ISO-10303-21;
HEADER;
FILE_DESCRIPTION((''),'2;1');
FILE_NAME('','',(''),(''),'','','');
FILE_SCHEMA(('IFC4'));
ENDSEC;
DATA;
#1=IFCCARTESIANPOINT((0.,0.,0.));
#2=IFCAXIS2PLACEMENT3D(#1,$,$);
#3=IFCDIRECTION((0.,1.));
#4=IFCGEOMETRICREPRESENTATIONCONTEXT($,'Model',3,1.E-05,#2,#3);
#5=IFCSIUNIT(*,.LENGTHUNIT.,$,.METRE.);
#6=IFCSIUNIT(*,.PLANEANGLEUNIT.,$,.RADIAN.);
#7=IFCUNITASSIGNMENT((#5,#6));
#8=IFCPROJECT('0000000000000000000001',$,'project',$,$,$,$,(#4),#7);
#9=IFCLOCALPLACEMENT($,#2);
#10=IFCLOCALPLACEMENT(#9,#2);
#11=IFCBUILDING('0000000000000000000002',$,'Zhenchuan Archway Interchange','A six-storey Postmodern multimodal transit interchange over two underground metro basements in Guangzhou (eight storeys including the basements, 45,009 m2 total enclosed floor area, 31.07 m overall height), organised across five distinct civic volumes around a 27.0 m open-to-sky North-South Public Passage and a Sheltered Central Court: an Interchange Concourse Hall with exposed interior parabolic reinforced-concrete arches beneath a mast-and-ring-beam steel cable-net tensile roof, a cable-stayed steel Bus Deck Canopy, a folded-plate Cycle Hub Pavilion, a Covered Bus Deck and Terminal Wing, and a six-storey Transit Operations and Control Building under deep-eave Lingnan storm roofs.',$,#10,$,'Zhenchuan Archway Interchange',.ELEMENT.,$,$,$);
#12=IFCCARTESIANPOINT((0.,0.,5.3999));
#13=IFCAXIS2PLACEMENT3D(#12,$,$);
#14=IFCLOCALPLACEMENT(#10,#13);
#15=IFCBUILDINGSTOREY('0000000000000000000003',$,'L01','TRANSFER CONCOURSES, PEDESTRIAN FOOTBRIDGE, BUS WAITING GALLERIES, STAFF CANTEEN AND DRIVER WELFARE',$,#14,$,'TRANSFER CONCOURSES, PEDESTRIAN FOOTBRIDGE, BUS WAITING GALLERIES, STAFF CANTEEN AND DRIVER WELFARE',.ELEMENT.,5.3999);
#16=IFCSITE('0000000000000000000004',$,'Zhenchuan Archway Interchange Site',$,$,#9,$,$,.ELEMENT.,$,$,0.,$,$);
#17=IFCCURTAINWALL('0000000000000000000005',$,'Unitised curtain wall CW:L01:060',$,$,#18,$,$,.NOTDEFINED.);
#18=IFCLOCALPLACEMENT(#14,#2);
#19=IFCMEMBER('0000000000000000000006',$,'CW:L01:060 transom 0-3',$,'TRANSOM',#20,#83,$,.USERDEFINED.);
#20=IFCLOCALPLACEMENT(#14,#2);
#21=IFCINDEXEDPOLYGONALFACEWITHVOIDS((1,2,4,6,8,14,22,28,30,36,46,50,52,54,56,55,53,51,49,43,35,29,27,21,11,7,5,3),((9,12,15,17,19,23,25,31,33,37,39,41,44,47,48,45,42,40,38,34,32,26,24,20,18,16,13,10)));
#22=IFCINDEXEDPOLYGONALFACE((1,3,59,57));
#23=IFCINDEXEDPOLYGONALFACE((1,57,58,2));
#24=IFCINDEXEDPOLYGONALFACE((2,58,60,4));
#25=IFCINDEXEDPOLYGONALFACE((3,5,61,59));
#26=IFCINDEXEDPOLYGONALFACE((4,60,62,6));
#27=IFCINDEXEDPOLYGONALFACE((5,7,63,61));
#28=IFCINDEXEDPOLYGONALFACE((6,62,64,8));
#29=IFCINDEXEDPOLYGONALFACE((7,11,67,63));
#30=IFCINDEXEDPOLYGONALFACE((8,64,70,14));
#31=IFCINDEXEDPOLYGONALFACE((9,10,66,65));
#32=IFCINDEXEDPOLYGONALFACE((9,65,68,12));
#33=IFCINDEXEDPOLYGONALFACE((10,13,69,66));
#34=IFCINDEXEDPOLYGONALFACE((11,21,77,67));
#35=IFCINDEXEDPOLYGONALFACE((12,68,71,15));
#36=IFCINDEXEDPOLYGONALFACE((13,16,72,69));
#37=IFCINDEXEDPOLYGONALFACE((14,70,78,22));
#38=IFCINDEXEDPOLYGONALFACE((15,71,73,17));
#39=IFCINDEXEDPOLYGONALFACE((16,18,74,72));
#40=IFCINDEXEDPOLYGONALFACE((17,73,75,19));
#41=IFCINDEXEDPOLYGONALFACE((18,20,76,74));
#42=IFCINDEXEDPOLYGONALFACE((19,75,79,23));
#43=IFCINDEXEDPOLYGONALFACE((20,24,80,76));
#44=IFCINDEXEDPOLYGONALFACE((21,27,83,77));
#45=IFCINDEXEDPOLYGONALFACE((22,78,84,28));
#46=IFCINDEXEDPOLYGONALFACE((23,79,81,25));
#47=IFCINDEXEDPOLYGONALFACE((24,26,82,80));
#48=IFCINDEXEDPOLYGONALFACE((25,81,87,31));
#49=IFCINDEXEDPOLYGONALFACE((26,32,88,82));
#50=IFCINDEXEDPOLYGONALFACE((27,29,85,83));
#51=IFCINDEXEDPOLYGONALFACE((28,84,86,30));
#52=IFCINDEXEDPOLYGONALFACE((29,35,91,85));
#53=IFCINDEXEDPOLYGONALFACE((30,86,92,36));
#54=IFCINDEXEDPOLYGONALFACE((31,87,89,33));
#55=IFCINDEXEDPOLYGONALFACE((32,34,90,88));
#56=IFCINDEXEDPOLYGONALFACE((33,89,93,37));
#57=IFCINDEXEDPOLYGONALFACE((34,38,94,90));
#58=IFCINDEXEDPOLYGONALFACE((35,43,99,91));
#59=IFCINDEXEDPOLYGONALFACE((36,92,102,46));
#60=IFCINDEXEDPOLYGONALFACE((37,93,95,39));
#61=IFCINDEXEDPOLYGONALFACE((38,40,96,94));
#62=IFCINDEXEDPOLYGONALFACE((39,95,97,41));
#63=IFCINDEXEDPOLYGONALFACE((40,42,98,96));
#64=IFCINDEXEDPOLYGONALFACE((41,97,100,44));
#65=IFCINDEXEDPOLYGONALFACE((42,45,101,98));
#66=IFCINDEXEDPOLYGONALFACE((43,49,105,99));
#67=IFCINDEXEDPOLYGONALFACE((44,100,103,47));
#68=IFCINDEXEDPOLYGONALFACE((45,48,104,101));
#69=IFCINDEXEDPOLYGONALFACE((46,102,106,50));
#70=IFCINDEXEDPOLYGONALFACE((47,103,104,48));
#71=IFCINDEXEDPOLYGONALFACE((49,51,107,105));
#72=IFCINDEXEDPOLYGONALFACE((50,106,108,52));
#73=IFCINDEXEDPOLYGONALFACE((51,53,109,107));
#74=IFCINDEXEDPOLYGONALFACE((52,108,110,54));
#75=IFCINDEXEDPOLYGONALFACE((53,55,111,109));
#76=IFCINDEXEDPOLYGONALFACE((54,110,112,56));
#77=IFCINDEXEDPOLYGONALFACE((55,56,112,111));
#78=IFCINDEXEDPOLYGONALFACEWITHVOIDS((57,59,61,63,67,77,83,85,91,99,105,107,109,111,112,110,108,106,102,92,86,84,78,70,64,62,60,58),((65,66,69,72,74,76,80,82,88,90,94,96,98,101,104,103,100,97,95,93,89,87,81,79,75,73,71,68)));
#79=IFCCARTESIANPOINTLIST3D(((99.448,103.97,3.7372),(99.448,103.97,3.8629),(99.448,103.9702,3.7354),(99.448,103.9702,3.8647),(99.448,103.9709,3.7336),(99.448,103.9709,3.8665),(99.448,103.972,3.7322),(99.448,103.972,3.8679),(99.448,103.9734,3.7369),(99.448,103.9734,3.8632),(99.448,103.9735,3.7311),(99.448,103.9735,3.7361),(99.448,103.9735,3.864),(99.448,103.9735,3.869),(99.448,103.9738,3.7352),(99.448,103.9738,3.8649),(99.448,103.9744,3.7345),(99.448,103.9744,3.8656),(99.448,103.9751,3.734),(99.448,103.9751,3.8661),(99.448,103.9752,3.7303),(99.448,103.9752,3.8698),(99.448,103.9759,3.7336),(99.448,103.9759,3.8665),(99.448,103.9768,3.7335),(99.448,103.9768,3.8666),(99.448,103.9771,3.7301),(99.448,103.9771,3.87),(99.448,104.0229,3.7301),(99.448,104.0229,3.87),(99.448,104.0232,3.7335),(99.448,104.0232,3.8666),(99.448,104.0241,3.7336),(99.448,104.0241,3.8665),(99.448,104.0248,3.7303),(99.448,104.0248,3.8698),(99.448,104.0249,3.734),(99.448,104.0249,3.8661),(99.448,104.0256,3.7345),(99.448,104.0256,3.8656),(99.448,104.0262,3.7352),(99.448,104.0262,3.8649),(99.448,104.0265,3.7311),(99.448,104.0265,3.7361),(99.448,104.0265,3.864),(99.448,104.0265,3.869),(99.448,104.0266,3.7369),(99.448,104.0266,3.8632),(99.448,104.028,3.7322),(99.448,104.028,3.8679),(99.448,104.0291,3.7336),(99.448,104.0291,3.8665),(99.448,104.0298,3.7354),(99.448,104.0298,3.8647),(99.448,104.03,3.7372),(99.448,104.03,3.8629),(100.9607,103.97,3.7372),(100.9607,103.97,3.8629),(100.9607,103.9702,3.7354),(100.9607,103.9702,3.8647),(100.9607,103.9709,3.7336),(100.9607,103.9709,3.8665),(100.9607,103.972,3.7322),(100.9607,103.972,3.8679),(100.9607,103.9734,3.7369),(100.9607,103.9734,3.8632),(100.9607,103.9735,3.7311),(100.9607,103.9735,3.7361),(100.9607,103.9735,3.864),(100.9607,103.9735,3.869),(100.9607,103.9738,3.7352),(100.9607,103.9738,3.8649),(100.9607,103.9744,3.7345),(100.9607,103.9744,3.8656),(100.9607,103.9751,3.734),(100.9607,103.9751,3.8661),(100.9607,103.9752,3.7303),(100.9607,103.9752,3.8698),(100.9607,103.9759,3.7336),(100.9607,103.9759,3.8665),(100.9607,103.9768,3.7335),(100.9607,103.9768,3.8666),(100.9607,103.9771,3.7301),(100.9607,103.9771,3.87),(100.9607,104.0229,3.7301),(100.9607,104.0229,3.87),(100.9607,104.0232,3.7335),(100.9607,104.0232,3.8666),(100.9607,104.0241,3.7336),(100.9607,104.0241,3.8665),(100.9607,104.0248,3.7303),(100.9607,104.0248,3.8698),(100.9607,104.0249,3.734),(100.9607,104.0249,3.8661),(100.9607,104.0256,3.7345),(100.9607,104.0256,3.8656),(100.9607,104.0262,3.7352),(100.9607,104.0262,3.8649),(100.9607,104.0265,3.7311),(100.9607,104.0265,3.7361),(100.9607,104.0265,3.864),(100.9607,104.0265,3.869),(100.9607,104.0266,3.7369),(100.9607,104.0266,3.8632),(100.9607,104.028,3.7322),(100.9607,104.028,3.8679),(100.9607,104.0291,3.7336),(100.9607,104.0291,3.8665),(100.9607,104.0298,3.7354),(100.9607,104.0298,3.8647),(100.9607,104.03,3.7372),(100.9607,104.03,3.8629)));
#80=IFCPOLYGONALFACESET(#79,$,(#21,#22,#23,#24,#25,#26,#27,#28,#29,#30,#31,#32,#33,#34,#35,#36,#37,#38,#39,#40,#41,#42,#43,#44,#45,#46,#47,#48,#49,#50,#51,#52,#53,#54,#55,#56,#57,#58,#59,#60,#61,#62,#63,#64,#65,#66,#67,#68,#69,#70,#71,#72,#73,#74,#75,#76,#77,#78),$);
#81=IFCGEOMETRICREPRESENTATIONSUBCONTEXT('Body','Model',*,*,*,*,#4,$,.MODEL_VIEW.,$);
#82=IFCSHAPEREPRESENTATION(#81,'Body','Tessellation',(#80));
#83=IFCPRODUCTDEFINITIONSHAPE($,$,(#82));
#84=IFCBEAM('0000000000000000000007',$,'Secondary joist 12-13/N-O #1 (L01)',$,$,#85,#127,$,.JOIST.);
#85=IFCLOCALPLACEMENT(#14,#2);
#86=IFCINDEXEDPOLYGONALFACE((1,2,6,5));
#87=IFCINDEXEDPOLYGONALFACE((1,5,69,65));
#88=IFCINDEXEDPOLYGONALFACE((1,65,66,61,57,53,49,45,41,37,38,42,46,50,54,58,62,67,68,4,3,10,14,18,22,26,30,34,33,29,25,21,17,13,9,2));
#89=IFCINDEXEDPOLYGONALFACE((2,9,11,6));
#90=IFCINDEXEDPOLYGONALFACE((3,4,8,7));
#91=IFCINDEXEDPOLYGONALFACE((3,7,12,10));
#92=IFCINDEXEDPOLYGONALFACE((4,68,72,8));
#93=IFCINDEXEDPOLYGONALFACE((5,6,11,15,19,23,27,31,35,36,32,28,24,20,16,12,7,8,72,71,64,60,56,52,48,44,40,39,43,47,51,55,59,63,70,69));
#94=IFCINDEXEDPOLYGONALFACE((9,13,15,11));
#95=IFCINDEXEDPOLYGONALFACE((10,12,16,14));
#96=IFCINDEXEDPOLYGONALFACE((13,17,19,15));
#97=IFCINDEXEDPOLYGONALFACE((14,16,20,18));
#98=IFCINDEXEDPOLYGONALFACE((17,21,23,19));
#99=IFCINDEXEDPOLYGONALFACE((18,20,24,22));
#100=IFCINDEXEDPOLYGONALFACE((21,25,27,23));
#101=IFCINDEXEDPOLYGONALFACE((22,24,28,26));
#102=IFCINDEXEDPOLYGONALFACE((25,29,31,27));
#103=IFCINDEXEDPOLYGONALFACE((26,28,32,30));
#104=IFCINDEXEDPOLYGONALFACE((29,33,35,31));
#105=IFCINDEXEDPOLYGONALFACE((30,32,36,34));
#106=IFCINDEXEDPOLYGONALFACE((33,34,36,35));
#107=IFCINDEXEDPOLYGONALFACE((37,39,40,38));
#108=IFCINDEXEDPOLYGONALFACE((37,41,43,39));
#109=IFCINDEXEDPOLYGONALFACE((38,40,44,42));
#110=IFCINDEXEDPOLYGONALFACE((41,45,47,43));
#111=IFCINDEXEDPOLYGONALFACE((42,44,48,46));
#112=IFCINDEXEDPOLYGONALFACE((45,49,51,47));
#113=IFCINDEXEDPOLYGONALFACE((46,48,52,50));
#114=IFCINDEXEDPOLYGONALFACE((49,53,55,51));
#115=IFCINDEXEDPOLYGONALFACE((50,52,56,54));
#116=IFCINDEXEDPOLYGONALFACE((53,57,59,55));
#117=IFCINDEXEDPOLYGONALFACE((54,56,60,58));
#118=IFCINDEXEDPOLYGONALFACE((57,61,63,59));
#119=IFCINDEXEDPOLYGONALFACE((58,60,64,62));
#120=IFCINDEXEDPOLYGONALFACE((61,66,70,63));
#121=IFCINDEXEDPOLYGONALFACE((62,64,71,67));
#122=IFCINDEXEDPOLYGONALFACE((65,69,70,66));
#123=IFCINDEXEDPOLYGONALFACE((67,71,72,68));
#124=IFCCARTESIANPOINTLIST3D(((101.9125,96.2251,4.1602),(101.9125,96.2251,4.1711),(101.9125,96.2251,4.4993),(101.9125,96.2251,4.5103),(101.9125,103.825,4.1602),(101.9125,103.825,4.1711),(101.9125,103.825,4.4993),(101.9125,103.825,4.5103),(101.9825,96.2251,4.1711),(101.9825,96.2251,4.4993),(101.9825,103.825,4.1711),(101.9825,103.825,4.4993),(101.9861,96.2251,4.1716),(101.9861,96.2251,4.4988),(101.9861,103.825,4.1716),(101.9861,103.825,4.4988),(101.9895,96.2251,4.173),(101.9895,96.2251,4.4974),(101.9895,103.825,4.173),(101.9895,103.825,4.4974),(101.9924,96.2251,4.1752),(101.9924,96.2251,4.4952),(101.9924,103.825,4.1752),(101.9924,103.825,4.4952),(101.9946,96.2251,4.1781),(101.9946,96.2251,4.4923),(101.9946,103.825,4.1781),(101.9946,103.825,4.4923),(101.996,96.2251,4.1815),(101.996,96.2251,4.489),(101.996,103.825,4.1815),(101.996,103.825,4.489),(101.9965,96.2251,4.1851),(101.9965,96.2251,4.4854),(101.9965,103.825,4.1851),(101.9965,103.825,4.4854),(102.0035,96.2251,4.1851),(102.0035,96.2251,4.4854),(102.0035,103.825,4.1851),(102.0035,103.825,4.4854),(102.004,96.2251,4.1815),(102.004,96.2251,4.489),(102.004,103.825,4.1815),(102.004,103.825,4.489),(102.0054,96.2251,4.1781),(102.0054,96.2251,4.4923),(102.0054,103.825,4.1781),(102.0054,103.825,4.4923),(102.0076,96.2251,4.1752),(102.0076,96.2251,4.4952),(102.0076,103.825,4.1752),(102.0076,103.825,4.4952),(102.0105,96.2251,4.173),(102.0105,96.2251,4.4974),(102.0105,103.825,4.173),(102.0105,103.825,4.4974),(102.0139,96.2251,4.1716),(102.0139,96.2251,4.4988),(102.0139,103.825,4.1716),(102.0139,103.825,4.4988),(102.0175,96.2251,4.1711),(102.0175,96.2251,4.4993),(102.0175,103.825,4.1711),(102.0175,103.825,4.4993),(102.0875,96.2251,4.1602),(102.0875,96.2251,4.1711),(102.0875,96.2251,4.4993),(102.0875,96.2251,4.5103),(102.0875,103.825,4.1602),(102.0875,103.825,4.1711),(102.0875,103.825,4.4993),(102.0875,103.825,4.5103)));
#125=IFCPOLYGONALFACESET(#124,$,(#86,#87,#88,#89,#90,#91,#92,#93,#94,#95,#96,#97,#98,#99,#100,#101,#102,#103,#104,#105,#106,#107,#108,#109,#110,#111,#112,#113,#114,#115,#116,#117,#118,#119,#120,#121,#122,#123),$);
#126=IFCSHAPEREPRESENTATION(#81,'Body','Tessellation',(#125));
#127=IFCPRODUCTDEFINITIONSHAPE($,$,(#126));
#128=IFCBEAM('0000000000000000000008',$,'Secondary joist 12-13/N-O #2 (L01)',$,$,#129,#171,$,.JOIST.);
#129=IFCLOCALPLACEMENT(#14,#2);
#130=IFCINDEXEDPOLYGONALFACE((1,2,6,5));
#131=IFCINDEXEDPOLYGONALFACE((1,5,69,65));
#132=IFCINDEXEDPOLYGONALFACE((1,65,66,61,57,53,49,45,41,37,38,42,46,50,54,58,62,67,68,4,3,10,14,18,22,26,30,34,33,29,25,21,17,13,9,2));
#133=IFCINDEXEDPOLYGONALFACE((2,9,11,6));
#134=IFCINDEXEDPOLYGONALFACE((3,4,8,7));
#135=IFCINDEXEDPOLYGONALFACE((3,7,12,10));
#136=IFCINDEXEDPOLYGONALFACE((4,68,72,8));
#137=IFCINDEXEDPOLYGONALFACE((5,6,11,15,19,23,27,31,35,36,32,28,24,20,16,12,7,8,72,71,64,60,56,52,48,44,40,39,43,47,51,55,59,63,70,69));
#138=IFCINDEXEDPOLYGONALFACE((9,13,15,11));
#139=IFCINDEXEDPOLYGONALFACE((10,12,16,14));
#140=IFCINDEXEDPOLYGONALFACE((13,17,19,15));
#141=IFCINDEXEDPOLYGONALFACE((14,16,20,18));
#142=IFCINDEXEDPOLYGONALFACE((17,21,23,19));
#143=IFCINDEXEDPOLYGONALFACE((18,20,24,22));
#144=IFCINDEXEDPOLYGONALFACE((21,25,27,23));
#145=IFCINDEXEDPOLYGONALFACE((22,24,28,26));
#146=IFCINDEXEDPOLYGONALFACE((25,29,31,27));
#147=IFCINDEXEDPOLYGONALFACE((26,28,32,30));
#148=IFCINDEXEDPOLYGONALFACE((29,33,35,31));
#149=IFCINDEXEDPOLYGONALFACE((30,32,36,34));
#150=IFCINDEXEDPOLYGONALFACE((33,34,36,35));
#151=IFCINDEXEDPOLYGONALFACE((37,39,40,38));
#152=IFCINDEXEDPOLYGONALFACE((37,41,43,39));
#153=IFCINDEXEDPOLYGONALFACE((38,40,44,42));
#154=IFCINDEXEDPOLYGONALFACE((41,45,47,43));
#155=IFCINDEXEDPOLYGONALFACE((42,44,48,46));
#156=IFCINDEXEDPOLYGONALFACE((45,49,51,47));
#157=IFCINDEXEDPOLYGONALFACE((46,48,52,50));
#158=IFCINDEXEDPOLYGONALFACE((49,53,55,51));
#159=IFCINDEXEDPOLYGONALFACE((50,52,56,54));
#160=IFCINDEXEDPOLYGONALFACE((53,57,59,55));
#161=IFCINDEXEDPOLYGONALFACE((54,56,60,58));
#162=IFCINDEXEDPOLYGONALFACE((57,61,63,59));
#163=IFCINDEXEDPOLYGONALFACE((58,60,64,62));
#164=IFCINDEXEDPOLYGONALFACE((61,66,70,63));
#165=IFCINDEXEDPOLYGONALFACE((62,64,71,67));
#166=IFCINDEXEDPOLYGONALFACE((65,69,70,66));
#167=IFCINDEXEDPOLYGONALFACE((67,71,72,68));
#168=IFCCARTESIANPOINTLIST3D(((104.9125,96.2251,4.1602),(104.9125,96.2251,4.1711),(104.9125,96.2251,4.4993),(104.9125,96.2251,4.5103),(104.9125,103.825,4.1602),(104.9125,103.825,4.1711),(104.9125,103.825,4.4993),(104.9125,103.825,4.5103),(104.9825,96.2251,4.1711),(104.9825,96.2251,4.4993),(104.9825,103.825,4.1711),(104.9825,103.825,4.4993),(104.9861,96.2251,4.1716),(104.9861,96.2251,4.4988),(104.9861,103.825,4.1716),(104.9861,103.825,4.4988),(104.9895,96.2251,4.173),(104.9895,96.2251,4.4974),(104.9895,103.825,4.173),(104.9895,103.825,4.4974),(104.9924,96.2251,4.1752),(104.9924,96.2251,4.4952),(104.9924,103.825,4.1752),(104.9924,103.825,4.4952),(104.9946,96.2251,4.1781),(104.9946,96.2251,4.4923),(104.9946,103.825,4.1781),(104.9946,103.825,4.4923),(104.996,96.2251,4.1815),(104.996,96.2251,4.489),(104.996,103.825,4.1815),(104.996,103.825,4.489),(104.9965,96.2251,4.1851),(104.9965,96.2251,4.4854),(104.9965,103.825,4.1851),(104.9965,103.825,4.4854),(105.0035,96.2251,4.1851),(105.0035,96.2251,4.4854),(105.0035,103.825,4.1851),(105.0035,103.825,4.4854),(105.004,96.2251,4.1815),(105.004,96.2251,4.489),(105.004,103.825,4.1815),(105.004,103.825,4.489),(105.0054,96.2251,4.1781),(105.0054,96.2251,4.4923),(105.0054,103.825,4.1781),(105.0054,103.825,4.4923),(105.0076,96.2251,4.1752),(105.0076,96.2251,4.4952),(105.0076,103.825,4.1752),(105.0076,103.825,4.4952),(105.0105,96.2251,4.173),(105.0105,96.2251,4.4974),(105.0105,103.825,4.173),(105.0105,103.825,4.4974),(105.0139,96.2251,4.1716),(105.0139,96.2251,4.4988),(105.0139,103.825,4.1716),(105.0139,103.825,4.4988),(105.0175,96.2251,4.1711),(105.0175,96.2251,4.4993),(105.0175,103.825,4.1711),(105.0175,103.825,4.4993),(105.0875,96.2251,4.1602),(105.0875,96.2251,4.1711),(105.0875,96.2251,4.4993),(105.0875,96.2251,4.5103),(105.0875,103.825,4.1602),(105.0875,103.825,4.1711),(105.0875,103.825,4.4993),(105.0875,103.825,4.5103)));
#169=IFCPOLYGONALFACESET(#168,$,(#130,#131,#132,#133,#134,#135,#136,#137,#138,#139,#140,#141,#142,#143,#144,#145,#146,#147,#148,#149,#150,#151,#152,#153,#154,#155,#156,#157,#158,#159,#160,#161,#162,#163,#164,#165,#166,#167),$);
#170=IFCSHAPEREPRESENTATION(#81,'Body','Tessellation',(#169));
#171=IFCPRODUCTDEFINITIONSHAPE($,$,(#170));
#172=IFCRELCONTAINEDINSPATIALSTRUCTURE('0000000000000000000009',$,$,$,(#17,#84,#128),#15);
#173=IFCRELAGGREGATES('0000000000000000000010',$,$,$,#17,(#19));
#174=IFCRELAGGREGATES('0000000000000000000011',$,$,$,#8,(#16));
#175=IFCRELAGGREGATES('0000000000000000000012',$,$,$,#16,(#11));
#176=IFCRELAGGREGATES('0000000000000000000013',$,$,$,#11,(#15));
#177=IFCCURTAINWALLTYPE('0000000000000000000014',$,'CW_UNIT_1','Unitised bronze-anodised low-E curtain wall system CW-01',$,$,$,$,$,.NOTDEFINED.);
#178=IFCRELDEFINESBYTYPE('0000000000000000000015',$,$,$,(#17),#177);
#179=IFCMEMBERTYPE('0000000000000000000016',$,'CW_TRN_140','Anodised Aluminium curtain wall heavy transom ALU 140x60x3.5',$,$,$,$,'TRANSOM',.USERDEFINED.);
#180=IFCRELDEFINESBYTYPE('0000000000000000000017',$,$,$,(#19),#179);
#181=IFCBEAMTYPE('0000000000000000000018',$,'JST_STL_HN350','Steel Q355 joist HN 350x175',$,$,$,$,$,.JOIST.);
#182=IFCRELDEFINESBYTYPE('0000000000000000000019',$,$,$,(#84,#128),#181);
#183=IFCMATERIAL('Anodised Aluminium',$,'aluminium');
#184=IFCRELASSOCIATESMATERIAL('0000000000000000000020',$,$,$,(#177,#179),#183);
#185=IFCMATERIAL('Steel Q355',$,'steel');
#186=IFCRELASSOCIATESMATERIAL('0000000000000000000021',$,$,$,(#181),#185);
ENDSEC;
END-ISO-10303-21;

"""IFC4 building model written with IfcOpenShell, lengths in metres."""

from ifc_helpers import new_model, si_unit, direction, frame, origin, origin_2d, place, context, subcontext, project, spatial, hollow_rectangle, i_section, extrude, material, material_profile, profile_set, type_object, element, aggregate, save


model = new_model("IFC4")

# Units and contexts
model_context = context("Model", 3, precision=1e-05, world=origin(), true_north=direction((0.0, 1.0)))
body_context = subcontext(model_context, "Body", "Model", "MODEL_VIEW")
ifc_project = project(units=[si_unit("LENGTHUNIT", "METRE"), si_unit("PLANEANGLEUNIT", "RADIAN")], contexts=[model_context])

# Site, building, storey
site_placement = place(None, origin())
site = spatial("IfcSite", under=ifc_project, at=site_placement, Name="Zhenchuan Archway Interchange Site", CompositionType="ELEMENT", RefElevation=0.0)
building_placement = place(site_placement, origin())
building = spatial("IfcBuilding", under=site, at=building_placement, Name="Zhenchuan Archway Interchange", Description="A six-storey Postmodern multimodal transit interchange over two underground metro basements in Guangzhou (eight storeys including the basements, 45,009 m2 total enclosed floor area, 31.07 m overall height), organised across five distinct civic volumes around a 27.0 m open-to-sky North-South Public Passage and a Sheltered Central Court: an Interchange Concourse Hall with exposed interior parabolic reinforced-concrete arches beneath a mast-and-ring-beam steel cable-net tensile roof, a cable-stayed steel Bus Deck Canopy, a folded-plate Cycle Hub Pavilion, a Covered Bus Deck and Terminal Wing, and a six-storey Transit Operations and Control Building under deep-eave Lingnan storm roofs.", LongName="Zhenchuan Archway Interchange", CompositionType="ELEMENT")
storey_placement = place(building_placement, frame((0.0, 0.0, 5.3999)))
storey = spatial("IfcBuildingStorey", under=building, at=storey_placement, Name="L01", Description="TRANSFER CONCOURSES, PEDESTRIAN FOOTBRIDGE, BUS WAITING GALLERIES, STAFF CANTEEN AND DRIVER WELFARE", LongName="TRANSFER CONCOURSES, PEDESTRIAN FOOTBRIDGE, BUS WAITING GALLERIES, STAFF CANTEEN AND DRIVER WELFARE", CompositionType="ELEMENT", Elevation=5.3999)

# Curtain wall, member
ifc_material_1 = material(Name="Anodised Aluminium", Category="aluminium")
curtain_wall_type = type_object("IfcCurtainWallType", Name="CW_UNIT_1", Description="Unitised bronze-anodised low-E curtain wall system CW-01", PredefinedType="NOTDEFINED", material=ifc_material_1)
curtain_wall_placement = place(storey_placement, origin())
curtain_wall = element("IfcCurtainWall", 1, at=curtain_wall_placement, inside=storey, type_object=curtain_wall_type, Name="Unitised curtain wall CW:L01:060", PredefinedType="NOTDEFINED")
ifc_material_profile_1 = material_profile(ifc_material_1, hollow_rectangle(XDim=0.0601, YDim=0.1399, WallThickness=0.0034, InnerFilletRadius=0.0034, OuterFilletRadius=0.0071, at=origin_2d()), Name="ALU 140x60x3.5")
ifc_profile_set_1 = profile_set([ifc_material_profile_1], Name="Anodised Aluminium")
member_type_1 = type_object("IfcMemberType", Name="CW_TRN_140", Description="Anodised Aluminium curtain wall heavy transom ALU 140x60x3.5", ElementType="TRANSOM", PredefinedType="USERDEFINED", material=ifc_profile_set_1)
member_1_placement = place(storey_placement, frame((99.448, 104.0, 3.8), z_axis=(1.0, 0.0, 0.0), x_axis=(0.0, 1.0, 0.0)))
member_1 = element("IfcMember", 2, at=member_1_placement, type_object=member_type_1, Name="CW:L01:060 transom 0-3", ObjectType="TRANSOM", PredefinedType="USERDEFINED", context=body_context, shape_type="SweptSolid", body=[
    extrude(hollow_rectangle(XDim=0.0601, YDim=0.1399, WallThickness=0.0034, InnerFilletRadius=0.0034, OuterFilletRadius=0.0071, at=origin_2d()), origin(), (0.0, 0.0, 1.0), 1.5127),
])

# Beams
ifc_material_2 = material(Name="Steel Q355", Category="steel")
ifc_material_profile_2 = material_profile(ifc_material_2, i_section(OverallWidth=0.175, OverallDepth=0.3501, WebThickness=0.0071, FlangeThickness=0.011, FilletRadius=0.0139, at=origin_2d()), Name="HN 350x175")
ifc_profile_set_2 = profile_set([ifc_material_profile_2], Name="Steel Q355")
beam_type_1 = type_object("IfcBeamType", Name="JST_STL_HN350", Description="Steel Q355 joist HN 350x175", PredefinedType="JOIST", material=ifc_profile_set_2)
for number, where, z_axis, x_axis, name in (
    (3, (102.0, 96.2251, 4.3352), (0.0, 1.0, 0.0), (-1.0, 0.0, 0.0), "Secondary joist 12-13/N-O #1 (L01)"),
    (4, (105.0, 96.2251, 4.3352), (0.0, 1.0, 0.0), (-1.0, 0.0, 0.0), "Secondary joist 12-13/N-O #2 (L01)"),
):
    element("IfcBeam", number, at=place(storey_placement, frame(where, z_axis=z_axis, x_axis=x_axis)), inside=storey, type_object=beam_type_1, Name=name, PredefinedType="JOIST", context=body_context, shape_type="SweptSolid", body=[
        extrude(i_section(OverallWidth=0.175, OverallDepth=0.3501, WebThickness=0.0071, FlangeThickness=0.011, FilletRadius=0.0139, at=origin_2d()), origin(), (0.0, 0.0, 1.0), 7.5999),
    ])

aggregate(curtain_wall, [member_1])

save(model, "model.ifc")
